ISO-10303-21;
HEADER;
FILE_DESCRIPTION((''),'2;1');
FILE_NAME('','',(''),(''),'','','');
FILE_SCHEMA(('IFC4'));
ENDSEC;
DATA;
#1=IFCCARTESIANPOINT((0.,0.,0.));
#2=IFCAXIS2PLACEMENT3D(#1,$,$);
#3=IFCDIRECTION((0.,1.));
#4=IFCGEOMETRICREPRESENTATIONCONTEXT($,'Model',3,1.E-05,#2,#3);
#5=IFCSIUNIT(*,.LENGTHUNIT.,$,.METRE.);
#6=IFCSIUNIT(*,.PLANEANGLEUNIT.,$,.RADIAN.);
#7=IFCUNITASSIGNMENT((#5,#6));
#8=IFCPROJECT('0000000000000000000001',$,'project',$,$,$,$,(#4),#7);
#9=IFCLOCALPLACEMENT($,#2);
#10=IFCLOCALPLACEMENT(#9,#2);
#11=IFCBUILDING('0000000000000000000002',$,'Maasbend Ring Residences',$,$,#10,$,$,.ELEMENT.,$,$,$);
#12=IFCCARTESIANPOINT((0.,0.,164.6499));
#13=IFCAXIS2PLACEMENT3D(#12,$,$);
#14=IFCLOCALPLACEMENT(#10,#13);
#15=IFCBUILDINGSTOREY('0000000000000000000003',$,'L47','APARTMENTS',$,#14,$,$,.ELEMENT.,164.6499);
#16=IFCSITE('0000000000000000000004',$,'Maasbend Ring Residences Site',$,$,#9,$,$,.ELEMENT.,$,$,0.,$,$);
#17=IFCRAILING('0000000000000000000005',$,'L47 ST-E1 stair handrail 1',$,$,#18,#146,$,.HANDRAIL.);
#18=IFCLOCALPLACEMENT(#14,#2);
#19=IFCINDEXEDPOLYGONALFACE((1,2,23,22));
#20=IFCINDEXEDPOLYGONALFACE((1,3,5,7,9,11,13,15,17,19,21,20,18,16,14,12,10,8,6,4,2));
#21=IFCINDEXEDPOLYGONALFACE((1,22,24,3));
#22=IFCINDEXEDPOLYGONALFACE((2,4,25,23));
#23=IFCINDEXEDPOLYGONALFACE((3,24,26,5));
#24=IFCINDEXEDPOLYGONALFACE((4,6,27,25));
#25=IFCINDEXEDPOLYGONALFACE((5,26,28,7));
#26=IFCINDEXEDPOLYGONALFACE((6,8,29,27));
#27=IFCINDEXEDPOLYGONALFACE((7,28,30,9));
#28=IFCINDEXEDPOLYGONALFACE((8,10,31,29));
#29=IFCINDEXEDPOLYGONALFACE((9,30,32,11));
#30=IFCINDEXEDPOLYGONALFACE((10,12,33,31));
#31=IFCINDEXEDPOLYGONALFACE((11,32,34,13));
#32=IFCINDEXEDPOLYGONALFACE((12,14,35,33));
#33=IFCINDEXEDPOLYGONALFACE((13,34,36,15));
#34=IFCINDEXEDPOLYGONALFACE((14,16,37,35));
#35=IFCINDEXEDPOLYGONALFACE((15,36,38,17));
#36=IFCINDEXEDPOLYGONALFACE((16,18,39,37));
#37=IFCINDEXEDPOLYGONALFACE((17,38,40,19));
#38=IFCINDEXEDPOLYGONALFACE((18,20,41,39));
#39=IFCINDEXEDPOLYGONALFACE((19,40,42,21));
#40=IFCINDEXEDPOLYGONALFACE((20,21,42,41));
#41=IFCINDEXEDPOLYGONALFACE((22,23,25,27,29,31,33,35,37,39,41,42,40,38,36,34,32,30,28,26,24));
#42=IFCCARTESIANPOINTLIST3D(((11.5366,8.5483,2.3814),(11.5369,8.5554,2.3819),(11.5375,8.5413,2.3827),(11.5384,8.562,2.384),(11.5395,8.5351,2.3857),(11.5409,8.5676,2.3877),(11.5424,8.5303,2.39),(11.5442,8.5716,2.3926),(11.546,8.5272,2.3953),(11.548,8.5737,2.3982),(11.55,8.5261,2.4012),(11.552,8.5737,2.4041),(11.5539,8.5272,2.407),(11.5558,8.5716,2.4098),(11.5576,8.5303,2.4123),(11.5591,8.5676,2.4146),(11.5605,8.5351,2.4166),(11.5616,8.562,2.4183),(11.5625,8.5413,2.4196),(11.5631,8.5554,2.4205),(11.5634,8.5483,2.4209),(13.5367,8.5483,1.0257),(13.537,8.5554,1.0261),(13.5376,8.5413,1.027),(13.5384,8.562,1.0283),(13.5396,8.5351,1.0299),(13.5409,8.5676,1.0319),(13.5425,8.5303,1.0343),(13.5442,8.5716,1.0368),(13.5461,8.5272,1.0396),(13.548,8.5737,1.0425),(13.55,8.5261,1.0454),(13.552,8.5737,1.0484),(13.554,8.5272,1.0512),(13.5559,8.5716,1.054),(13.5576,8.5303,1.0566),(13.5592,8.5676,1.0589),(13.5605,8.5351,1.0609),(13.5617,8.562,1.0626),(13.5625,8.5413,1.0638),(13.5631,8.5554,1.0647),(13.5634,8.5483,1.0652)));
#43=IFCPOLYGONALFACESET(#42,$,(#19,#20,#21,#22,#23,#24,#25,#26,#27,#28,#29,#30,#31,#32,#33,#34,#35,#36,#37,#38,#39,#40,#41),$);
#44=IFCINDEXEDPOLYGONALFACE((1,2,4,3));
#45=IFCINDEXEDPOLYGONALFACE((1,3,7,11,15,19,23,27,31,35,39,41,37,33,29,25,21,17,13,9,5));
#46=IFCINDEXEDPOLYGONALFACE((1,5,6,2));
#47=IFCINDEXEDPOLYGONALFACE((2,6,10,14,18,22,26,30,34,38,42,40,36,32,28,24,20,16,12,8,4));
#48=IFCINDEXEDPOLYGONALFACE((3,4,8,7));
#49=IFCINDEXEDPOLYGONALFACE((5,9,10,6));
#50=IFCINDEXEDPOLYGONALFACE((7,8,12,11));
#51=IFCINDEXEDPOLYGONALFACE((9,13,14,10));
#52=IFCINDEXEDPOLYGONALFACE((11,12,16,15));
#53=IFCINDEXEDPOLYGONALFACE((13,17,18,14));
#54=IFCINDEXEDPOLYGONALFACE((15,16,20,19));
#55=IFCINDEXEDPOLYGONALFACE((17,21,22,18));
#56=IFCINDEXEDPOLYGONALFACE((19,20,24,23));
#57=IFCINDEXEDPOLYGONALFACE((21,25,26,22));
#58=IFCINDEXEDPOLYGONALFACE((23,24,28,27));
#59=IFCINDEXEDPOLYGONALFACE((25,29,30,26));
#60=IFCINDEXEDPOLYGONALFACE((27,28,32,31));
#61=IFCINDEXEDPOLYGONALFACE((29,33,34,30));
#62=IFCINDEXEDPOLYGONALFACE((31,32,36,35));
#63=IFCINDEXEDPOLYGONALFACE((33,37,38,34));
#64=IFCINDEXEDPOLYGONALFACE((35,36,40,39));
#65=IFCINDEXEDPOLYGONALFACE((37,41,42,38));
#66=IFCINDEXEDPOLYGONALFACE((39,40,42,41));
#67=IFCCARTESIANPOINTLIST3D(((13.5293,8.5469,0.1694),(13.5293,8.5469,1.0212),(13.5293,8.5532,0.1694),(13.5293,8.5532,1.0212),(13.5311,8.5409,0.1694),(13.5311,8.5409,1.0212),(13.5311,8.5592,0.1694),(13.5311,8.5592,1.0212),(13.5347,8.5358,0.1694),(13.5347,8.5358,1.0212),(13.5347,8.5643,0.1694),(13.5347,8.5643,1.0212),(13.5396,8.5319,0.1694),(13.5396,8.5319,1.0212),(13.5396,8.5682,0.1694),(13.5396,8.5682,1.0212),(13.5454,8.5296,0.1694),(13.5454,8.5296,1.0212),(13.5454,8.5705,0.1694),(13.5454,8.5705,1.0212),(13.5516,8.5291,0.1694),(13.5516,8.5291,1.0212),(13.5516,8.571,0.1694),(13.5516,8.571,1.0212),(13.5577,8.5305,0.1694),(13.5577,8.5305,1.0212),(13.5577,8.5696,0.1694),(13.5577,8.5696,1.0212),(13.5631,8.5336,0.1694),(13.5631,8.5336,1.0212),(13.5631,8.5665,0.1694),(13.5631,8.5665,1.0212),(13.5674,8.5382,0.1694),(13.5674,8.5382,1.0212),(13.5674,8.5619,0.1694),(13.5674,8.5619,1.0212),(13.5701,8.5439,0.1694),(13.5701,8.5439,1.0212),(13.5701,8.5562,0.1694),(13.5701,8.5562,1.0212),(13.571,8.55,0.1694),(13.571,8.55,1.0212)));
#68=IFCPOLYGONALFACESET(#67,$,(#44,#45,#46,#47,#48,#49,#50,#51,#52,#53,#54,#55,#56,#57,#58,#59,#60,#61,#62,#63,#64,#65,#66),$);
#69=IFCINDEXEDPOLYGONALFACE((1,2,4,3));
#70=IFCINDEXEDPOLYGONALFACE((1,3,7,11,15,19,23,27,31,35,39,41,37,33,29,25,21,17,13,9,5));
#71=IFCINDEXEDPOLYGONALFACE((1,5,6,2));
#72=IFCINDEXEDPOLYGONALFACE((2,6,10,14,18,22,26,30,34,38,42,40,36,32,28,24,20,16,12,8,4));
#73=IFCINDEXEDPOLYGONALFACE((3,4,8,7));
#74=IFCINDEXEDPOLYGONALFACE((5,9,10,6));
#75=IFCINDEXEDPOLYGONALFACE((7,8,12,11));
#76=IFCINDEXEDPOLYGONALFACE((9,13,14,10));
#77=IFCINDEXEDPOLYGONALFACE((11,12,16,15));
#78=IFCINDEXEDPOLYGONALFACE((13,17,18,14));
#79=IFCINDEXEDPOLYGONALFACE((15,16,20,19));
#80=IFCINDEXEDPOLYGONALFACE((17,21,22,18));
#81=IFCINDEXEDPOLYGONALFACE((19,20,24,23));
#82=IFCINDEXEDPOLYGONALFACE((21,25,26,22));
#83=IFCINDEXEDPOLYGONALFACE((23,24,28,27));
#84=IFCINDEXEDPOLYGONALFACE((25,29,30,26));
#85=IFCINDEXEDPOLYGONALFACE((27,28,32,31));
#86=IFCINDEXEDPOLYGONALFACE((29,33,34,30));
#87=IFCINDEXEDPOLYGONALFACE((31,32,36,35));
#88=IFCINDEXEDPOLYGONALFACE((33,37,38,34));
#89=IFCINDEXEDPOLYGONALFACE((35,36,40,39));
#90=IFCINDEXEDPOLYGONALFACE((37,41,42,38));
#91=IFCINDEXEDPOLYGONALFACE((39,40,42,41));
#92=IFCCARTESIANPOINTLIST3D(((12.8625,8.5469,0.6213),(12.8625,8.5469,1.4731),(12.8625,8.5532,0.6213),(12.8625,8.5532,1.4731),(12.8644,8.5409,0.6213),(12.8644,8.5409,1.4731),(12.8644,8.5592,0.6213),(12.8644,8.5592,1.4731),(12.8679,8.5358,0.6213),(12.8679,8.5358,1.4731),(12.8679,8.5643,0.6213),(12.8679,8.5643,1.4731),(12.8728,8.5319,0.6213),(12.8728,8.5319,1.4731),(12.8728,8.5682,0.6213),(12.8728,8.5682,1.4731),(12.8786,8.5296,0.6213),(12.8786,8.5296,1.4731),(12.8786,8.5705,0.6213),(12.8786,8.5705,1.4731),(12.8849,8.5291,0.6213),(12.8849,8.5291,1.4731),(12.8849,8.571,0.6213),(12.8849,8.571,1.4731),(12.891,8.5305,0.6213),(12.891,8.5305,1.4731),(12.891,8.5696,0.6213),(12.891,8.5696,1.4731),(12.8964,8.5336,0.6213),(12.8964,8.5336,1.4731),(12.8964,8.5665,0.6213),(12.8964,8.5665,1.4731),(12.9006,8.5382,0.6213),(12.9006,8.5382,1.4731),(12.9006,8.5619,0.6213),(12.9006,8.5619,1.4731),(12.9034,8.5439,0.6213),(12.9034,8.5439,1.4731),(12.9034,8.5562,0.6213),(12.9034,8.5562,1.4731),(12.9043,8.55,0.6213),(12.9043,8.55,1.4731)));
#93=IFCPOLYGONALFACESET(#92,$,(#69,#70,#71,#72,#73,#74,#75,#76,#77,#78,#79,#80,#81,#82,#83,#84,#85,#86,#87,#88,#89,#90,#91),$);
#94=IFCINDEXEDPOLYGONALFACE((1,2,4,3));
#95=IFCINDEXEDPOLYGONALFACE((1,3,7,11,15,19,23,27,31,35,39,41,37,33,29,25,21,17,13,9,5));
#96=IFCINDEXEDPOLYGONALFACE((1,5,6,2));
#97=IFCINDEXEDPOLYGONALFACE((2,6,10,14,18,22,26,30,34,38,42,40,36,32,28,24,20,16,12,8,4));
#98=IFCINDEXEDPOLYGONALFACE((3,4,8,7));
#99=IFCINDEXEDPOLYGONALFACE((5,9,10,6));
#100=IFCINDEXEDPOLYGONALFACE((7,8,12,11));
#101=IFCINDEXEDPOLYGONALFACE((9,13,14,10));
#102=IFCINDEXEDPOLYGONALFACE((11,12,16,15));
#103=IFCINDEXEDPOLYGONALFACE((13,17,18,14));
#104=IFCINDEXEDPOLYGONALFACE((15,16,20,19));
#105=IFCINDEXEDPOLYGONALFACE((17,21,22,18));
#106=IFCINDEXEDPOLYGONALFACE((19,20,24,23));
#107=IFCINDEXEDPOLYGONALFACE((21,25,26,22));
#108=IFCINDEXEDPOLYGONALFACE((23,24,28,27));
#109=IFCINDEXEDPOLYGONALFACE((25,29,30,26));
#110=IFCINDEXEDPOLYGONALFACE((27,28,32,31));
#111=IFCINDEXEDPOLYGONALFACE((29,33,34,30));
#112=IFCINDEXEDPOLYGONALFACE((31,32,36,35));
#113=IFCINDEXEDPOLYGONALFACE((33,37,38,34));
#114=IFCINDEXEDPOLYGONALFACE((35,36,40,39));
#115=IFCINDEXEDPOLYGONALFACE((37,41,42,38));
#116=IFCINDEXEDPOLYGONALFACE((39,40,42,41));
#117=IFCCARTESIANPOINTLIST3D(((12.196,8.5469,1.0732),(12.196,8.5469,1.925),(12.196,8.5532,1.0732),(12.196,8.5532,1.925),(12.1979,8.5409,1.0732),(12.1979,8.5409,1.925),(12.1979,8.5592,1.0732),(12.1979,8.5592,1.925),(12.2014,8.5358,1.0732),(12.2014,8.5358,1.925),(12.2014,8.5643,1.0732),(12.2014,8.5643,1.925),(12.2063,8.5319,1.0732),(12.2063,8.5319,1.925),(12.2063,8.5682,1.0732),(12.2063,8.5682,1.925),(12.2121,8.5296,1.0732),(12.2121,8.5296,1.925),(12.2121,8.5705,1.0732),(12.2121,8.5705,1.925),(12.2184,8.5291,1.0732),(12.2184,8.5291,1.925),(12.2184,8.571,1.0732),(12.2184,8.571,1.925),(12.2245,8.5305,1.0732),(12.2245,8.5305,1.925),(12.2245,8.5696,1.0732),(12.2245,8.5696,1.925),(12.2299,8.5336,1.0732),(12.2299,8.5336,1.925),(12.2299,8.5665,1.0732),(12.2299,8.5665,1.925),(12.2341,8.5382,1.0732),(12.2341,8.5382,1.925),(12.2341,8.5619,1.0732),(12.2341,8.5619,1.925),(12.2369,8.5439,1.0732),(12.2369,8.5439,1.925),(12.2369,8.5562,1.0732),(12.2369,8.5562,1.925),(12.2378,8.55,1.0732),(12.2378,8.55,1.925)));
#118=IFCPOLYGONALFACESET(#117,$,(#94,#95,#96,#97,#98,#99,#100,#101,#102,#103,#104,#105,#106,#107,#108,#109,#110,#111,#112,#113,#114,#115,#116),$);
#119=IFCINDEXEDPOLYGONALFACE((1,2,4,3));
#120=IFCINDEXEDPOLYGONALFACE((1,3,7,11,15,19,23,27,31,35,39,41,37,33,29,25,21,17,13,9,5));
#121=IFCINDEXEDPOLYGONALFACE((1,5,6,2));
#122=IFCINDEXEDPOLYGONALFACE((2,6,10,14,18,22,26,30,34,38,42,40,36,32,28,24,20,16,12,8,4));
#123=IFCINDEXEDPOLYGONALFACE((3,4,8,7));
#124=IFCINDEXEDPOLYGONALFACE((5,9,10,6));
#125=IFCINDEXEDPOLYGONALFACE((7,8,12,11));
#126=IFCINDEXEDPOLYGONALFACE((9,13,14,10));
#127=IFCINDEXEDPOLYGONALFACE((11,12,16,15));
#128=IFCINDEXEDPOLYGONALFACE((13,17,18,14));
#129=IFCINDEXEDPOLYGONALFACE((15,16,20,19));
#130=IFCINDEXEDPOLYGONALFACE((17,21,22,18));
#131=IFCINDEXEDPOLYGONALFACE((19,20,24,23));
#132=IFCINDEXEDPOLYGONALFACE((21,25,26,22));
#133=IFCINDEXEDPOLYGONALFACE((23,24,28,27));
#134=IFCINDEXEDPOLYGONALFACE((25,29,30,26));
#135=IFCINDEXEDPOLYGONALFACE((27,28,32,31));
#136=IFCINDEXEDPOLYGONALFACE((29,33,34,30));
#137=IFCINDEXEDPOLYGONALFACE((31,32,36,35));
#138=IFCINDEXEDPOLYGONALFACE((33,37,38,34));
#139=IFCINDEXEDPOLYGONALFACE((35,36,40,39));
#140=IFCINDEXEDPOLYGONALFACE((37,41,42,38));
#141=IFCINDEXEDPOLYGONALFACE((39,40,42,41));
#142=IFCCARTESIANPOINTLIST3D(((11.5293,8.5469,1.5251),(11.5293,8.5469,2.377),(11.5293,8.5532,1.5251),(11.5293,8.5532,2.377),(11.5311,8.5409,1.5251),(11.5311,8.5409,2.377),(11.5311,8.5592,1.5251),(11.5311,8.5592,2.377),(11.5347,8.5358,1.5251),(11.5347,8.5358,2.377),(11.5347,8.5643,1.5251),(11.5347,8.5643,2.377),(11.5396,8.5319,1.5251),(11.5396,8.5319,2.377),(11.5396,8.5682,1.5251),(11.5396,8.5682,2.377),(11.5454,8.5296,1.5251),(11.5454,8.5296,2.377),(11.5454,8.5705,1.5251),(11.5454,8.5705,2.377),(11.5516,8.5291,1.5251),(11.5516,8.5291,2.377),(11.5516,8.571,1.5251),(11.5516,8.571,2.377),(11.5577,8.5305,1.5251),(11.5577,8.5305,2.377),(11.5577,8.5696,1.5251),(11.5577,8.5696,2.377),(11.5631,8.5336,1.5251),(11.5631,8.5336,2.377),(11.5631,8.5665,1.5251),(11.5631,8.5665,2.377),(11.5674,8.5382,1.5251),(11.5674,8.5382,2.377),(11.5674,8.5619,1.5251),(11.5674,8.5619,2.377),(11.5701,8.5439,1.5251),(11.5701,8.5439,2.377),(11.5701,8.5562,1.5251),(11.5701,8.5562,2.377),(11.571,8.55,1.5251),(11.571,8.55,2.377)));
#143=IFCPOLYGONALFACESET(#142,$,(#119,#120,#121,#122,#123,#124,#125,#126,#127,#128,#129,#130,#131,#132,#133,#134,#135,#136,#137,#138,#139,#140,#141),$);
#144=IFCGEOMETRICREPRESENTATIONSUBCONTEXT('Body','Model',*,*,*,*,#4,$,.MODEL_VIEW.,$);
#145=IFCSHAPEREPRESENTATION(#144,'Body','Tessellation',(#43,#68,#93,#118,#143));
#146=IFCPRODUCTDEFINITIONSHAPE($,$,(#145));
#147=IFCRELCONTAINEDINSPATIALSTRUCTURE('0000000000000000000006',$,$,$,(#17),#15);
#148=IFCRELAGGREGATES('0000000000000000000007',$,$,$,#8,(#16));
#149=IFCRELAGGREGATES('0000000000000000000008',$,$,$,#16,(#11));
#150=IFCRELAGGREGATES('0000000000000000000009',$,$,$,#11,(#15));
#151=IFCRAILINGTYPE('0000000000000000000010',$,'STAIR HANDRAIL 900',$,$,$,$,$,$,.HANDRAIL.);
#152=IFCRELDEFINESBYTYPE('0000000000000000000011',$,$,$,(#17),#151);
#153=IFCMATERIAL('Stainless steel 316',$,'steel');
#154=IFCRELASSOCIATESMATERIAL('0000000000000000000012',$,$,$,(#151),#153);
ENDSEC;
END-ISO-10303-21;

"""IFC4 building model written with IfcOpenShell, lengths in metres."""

from ifc_helpers import new_model, si_unit, direction, frame, origin, origin_2d, place, context, subcontext, project, spatial, circle, extrude, material, type_object, element, save


model = new_model("IFC4")

# Units and contexts
model_context = context("Model", 3, precision=1e-05, world=origin(), true_north=direction((0.0, 1.0)))
body_context = subcontext(model_context, "Body", "Model", "MODEL_VIEW")
ifc_project = project(units=[si_unit("LENGTHUNIT", "METRE"), si_unit("PLANEANGLEUNIT", "RADIAN")], contexts=[model_context])

# Site, building, storey
site_placement = place(None, origin())
site = spatial("IfcSite", under=ifc_project, at=site_placement, Name="Maasbend Ring Residences Site", CompositionType="ELEMENT", RefElevation=0.0)
building_placement = place(site_placement, origin())
building = spatial("IfcBuilding", under=site, at=building_placement, Name="Maasbend Ring Residences", CompositionType="ELEMENT")
storey_placement = place(building_placement, frame((0.0, 0.0, 164.6499)))
storey = spatial("IfcBuildingStorey", under=building, at=storey_placement, Name="L47", Description="APARTMENTS", CompositionType="ELEMENT", Elevation=164.6499)

# Railing
ifc_material_1 = material(Name="Stainless steel 316", Category="steel")
railing_type_1 = type_object("IfcRailingType", Name="STAIR HANDRAIL 900", PredefinedType="HANDRAIL", material=ifc_material_1)
railing_1_placement = place(storey_placement, frame((13.55, 8.55, 0.1694)))
element("IfcRailing", 1, at=railing_1_placement, inside=storey, type_object=railing_type_1, Name="L47 ST-E1 stair handrail 1", PredefinedType="HANDRAIL", context=body_context, shape_type="SweptSolid", body=[
    extrude(circle(Radius=0.0239, at=origin_2d()), frame((0.0, 0.0, 0.876), z_axis=(-0.827751, 0.0, 0.561096), x_axis=(0.0, -1.0, 0.0)), (0.0, 0.0, 1.0), 2.4163),
    extrude(circle(Radius=0.021, at=origin_2d()), origin(), (0.0, 0.0, 1.0), 0.8518),
    extrude(circle(Radius=0.021, at=origin_2d()), frame((-0.6667, 0.0, 0.4519)), (0.0, 0.0, 1.0), 0.8518),
    extrude(circle(Radius=0.021, at=origin_2d()), frame((-1.3333, 0.0, 0.9038)), (0.0, 0.0, 1.0), 0.8518),
    extrude(circle(Radius=0.021, at=origin_2d()), frame((-2.0, 0.0, 1.3557)), (0.0, 0.0, 1.0), 0.8518),
])

save(model, "model.ifc")
